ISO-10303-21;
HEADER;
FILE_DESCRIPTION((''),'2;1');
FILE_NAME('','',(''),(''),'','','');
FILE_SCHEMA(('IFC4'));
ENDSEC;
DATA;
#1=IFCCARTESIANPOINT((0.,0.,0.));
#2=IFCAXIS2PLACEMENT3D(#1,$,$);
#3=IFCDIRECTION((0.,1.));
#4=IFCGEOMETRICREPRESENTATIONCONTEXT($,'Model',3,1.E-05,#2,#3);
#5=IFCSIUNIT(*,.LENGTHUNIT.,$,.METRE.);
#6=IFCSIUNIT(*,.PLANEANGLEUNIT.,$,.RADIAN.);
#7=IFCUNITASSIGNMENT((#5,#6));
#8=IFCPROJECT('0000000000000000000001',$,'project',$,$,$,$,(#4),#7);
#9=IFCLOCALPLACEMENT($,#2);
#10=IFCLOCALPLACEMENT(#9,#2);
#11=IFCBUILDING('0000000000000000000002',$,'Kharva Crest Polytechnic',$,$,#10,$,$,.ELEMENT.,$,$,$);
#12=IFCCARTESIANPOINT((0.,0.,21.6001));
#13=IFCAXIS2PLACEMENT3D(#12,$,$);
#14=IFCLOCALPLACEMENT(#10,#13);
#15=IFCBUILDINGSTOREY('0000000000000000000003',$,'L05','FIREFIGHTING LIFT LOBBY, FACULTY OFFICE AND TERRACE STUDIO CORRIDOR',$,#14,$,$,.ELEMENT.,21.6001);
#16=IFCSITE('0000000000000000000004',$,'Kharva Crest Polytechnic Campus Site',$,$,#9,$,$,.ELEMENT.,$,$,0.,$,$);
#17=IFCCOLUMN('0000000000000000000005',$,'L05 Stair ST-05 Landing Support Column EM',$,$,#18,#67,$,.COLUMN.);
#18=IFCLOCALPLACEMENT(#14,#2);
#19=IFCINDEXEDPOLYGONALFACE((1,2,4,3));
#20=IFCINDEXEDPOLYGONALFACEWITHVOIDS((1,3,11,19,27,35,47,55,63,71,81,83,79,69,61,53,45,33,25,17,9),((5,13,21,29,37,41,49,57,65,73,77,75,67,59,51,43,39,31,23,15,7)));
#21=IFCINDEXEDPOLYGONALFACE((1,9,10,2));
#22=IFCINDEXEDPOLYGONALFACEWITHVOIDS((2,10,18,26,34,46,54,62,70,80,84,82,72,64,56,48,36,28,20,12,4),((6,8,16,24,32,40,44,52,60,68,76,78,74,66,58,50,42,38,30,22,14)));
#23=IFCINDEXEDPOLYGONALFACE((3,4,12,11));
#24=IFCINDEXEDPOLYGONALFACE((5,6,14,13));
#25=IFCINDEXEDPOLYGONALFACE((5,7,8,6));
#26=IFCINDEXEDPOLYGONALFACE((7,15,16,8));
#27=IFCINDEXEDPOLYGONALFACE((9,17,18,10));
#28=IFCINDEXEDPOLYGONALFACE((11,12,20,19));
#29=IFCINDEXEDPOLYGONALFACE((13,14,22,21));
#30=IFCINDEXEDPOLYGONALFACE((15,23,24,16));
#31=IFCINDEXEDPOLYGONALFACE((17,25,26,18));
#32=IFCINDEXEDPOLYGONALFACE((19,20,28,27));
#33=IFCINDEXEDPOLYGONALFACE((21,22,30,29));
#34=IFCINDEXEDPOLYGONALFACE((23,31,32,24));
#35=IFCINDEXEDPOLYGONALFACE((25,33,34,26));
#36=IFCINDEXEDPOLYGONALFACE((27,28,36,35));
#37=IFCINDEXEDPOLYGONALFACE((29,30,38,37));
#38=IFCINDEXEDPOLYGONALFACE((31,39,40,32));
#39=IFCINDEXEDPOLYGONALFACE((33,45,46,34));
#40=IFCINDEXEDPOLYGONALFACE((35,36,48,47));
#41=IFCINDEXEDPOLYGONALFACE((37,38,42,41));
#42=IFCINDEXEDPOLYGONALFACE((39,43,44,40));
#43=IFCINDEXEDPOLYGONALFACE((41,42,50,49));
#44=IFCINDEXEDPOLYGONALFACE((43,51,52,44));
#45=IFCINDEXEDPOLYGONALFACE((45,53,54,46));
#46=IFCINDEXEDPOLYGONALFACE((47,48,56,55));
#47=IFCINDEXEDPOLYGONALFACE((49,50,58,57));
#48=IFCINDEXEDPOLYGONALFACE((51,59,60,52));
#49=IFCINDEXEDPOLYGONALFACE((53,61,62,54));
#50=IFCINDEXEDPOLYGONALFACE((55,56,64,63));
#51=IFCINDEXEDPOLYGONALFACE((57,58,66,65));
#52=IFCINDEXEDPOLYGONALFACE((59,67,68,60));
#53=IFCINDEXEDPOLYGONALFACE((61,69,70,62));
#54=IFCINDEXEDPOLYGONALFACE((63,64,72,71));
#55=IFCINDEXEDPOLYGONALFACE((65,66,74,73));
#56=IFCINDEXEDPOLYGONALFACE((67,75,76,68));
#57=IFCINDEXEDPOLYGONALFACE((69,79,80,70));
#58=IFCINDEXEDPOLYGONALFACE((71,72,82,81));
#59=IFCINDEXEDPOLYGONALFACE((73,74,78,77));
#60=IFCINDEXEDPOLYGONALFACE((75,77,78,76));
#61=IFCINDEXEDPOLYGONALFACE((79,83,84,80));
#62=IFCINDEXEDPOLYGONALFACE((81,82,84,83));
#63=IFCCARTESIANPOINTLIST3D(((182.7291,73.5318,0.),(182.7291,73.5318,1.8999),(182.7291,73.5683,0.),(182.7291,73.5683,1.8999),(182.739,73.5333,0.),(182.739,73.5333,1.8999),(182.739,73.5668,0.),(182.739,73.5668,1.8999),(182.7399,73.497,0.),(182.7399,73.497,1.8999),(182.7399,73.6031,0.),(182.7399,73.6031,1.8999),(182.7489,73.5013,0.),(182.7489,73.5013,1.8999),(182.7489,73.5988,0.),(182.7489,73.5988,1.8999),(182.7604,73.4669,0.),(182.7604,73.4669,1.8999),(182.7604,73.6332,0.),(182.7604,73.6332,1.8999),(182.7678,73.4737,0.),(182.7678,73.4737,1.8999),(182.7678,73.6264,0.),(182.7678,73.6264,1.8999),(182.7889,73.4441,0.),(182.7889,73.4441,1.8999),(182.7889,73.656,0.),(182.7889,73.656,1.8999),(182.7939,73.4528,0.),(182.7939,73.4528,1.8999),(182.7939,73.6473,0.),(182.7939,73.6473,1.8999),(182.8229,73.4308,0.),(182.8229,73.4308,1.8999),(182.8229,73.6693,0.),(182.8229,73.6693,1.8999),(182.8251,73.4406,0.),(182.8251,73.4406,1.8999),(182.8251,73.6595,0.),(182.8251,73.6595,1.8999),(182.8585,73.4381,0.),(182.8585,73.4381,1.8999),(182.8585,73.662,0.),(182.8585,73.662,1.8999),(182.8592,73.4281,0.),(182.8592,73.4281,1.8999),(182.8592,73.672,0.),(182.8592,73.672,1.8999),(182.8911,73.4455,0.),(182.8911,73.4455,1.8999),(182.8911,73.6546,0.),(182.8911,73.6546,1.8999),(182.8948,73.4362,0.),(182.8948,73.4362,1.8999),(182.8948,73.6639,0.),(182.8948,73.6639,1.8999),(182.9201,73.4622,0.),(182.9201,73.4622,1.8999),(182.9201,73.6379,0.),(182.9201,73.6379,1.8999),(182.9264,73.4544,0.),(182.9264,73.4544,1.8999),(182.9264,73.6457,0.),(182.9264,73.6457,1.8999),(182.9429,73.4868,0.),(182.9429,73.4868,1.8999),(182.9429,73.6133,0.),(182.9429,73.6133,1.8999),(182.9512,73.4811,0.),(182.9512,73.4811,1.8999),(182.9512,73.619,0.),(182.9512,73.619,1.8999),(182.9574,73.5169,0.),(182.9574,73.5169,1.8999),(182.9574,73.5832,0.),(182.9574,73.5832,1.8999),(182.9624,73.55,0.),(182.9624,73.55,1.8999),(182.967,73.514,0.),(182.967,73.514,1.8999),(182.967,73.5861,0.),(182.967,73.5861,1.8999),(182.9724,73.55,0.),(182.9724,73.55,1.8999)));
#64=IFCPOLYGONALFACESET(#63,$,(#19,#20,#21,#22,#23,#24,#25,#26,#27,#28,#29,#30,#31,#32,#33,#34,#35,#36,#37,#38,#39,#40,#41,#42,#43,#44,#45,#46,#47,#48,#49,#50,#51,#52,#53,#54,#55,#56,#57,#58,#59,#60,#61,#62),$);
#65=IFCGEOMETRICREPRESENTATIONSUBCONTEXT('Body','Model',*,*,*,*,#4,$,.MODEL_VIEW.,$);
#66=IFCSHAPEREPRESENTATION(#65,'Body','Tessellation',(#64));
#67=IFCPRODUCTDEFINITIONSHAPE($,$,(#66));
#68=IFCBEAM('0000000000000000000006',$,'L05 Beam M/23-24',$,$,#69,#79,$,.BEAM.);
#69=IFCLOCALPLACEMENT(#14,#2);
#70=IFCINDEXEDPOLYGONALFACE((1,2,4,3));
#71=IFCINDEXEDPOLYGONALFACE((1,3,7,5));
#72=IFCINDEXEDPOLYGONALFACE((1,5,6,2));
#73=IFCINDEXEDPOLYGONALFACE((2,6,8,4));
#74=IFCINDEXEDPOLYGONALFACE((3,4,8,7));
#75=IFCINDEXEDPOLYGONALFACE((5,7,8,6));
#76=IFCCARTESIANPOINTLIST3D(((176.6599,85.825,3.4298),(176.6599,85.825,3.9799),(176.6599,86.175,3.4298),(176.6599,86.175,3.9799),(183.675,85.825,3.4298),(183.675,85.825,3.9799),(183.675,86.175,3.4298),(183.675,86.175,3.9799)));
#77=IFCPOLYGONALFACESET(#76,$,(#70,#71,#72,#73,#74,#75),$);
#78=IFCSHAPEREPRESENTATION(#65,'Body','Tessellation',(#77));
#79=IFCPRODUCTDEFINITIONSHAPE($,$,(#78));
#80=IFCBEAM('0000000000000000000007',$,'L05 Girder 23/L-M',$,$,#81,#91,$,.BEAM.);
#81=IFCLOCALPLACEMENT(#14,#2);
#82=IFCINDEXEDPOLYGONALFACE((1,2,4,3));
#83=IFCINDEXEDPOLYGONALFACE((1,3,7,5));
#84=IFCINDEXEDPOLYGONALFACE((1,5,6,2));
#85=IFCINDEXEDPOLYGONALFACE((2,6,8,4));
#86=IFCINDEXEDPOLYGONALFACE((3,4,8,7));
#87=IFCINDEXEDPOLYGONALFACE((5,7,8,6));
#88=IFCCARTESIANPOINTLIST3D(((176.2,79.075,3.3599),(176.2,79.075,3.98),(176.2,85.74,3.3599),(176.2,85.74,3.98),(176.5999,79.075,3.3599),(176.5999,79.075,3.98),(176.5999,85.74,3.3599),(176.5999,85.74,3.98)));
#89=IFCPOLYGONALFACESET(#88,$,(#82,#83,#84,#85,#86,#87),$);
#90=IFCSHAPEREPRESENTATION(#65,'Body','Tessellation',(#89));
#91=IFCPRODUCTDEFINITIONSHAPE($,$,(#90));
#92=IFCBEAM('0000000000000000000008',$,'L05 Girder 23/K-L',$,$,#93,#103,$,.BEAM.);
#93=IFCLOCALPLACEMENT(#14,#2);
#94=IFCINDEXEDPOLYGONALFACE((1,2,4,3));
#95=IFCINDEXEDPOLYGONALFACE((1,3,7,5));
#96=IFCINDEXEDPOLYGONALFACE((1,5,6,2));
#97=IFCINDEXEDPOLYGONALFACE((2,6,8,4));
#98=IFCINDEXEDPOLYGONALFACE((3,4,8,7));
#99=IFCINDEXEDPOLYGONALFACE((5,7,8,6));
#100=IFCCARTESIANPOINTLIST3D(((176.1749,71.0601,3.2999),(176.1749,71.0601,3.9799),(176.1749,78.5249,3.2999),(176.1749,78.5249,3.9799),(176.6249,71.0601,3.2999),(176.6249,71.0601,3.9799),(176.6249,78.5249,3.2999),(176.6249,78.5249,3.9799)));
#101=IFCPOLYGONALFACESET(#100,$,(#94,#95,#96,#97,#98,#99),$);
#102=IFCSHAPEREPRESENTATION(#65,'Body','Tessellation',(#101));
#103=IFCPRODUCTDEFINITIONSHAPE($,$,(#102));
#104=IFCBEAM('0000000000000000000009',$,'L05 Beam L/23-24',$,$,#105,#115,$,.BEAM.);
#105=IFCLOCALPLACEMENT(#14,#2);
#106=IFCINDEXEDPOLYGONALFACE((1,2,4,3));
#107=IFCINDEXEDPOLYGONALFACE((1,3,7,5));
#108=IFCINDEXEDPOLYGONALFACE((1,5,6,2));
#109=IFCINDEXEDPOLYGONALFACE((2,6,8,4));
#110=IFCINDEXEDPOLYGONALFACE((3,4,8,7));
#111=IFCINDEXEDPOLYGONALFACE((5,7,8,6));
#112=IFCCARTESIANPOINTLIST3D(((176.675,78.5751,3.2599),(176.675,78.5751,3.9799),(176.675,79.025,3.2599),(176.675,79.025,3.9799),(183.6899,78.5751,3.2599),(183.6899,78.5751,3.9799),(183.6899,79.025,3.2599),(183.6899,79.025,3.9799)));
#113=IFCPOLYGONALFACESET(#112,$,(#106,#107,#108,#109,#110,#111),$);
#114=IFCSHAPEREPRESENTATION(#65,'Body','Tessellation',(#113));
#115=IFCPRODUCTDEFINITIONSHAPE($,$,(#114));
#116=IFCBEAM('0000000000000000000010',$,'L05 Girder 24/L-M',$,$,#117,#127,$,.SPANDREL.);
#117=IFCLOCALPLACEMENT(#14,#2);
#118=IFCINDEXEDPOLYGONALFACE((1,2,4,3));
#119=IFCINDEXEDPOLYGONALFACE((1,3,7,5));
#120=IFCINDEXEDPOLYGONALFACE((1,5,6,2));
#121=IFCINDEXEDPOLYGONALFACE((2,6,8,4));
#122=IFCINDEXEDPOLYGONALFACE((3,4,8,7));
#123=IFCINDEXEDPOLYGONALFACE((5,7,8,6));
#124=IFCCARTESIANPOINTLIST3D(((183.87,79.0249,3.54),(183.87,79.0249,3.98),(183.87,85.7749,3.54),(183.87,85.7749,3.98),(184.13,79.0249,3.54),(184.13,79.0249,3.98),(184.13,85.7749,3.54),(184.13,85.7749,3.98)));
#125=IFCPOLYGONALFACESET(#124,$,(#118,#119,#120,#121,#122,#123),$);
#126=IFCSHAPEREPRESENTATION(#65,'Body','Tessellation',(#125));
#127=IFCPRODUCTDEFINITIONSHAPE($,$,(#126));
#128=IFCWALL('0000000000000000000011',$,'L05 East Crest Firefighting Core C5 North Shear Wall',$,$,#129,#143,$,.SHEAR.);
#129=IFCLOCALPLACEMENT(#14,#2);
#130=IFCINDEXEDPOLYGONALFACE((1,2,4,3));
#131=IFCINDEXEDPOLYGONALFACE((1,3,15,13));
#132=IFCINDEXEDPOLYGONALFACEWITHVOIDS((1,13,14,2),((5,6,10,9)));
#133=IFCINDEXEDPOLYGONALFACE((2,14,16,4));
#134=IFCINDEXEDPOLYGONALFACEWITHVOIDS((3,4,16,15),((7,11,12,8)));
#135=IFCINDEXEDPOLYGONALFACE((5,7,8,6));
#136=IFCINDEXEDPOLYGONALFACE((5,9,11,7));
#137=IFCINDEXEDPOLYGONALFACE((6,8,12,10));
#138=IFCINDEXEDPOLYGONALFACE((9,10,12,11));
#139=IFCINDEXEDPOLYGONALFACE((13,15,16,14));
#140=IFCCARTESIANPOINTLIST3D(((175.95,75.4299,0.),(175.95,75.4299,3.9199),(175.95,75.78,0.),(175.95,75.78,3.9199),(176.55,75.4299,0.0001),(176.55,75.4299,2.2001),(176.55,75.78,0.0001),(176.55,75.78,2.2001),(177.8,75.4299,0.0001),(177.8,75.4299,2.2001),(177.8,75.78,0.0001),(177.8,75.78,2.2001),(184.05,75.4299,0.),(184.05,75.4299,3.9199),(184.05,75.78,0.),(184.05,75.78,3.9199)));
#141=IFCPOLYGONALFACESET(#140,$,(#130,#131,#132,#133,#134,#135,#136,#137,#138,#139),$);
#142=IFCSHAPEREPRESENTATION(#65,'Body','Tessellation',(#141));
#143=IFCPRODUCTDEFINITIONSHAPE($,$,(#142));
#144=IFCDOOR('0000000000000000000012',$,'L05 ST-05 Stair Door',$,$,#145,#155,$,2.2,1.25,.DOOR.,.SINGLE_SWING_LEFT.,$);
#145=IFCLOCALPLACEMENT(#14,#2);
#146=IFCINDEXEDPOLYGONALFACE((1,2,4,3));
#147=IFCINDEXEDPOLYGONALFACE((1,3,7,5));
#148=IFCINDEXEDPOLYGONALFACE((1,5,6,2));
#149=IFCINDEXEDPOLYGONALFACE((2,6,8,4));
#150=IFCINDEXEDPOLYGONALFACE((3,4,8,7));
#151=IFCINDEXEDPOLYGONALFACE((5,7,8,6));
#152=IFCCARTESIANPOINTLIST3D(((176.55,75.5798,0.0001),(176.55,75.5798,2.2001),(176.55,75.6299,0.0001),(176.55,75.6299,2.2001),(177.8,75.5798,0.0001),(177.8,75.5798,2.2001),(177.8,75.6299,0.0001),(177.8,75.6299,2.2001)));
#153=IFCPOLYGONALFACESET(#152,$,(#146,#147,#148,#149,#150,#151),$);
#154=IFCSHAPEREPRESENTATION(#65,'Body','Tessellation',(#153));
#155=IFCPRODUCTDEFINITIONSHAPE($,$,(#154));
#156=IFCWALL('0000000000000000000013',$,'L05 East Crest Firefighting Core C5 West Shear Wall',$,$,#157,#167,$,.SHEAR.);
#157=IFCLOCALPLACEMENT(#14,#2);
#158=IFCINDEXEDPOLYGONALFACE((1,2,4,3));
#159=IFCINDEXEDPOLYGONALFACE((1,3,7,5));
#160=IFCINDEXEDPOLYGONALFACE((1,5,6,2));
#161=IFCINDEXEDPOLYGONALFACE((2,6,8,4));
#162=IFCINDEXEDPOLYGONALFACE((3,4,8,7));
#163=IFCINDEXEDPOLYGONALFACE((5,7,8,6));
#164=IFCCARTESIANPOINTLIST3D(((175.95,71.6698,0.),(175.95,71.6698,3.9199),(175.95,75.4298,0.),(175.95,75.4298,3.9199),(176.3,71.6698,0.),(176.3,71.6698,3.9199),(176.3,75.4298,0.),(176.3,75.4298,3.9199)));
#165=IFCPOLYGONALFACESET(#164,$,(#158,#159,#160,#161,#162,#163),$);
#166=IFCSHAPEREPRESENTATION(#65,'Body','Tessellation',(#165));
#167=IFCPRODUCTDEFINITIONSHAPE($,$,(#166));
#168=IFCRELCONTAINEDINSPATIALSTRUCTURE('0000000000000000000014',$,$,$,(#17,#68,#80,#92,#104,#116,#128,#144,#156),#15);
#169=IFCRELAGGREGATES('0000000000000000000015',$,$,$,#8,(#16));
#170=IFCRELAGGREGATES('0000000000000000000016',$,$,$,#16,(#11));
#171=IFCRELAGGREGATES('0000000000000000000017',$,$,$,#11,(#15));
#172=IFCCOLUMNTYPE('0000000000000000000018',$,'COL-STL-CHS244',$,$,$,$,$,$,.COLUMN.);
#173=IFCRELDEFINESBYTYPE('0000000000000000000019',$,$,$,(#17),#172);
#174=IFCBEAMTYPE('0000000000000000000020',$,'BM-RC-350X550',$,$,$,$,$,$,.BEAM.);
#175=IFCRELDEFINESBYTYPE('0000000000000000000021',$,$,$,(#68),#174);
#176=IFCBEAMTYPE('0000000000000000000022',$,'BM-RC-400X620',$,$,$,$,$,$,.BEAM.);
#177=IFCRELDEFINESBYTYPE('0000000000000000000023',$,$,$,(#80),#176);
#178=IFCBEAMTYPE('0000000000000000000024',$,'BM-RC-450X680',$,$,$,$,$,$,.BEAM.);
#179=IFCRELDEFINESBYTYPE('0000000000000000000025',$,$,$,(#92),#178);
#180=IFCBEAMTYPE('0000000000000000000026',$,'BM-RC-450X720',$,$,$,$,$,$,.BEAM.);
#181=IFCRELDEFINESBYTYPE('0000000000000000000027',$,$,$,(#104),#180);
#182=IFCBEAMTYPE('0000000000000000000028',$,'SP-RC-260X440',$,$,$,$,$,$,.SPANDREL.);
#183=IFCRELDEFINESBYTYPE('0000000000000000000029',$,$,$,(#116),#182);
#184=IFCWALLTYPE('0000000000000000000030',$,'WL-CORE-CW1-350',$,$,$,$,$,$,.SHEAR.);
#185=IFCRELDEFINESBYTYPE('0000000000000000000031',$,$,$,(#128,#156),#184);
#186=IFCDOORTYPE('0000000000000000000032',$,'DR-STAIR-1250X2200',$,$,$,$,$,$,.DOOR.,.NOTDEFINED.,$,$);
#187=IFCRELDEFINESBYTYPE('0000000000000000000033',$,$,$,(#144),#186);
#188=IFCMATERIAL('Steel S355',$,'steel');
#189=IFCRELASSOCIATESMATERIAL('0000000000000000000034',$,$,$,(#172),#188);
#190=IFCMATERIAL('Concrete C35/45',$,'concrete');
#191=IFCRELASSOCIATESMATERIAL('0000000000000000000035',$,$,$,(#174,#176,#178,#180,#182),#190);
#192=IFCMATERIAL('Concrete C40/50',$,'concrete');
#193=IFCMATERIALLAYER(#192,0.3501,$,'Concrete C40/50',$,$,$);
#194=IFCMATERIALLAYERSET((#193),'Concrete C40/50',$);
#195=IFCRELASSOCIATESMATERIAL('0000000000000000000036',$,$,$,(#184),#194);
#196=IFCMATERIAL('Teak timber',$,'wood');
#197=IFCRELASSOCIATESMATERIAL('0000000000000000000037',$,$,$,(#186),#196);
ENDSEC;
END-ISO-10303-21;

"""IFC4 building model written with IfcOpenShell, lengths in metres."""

from ifc_helpers import new_model, si_unit, direction, frame, frame_2d, origin, origin_2d, place, context, subcontext, project, spatial, rectangle, hollow_circle, extrude, material, layer, layer_set, material_profile, profile_set, type_object, element, fill, save


model = new_model("IFC4")

# Units and contexts
model_context = context("Model", 3, precision=1e-05, world=origin(), true_north=direction((0.0, 1.0)))
body_context = subcontext(model_context, "Body", "Model", "MODEL_VIEW")
ifc_project = project(units=[si_unit("LENGTHUNIT", "METRE"), si_unit("PLANEANGLEUNIT", "RADIAN")], contexts=[model_context])

# Site, building, storey
site_placement = place(None, origin())
site = spatial("IfcSite", under=ifc_project, at=site_placement, Name="Kharva Crest Polytechnic Campus Site", CompositionType="ELEMENT", RefElevation=0.0)
building_placement = place(site_placement, origin())
building = spatial("IfcBuilding", under=site, at=building_placement, Name="Kharva Crest Polytechnic", CompositionType="ELEMENT")
storey_placement = place(building_placement, frame((0.0, 0.0, 21.6001)))
storey = spatial("IfcBuildingStorey", under=building, at=storey_placement, Name="L05", Description="FIREFIGHTING LIFT LOBBY, FACULTY OFFICE AND TERRACE STUDIO CORRIDOR", CompositionType="ELEMENT", Elevation=21.6001)

# Column
ifc_material_1 = material(Name="Concrete C40/50", Category="concrete")
ifc_material_2 = material(Name="Steel S355", Category="steel")
ifc_material_profile_1 = material_profile(ifc_material_2, hollow_circle(Radius=0.1223, WallThickness=0.01, at=origin_2d()), Name="CHS 244.5X10.0")
ifc_profile_set_1 = profile_set([ifc_material_profile_1], Name="Steel S355")
column_type_1 = type_object("IfcColumnType", Name="COL-STL-CHS244", PredefinedType="COLUMN", material=ifc_profile_set_1)
for number, where, z_axis, x_axis, name in (
    (1, (182.8501, 73.55, 0.0), (0.0, 0.0, 1.0), (1.0, 0.0, 0.0), "L05 Stair ST-05 Landing Support Column EM"),
):
    element("IfcColumn", number, at=place(storey_placement, frame(where, z_axis=z_axis, x_axis=x_axis)), inside=storey, type_object=column_type_1, Name=name, PredefinedType="COLUMN", context=body_context, shape_type="SweptSolid", body=[
        extrude(hollow_circle(Radius=0.1223, WallThickness=0.01, at=origin_2d()), origin(), (0.0, 0.0, 1.0), 1.8999),
    ])

# Beams
ifc_material_3 = material(Name="Concrete C35/45", Category="concrete")
ifc_material_profile_2 = material_profile(ifc_material_3, rectangle(XDim=0.3501, YDim=0.55, at=origin_2d()), Name="RECT 350 X 550")
ifc_profile_set_2 = profile_set([ifc_material_profile_2], Name="Concrete C35/45")
beam_type_1 = type_object("IfcBeamType", Name="BM-RC-350X550", PredefinedType="BEAM", material=ifc_profile_set_2)
beam_1_placement = place(storey_placement, frame((176.6599, 86.0, 3.7048), z_axis=(1.0, 0.0, 0.0), x_axis=(0.0, 1.0, 0.0)))
element("IfcBeam", 2, at=beam_1_placement, inside=storey, type_object=beam_type_1, Name="L05 Beam M/23-24", PredefinedType="BEAM", context=body_context, shape_type="SweptSolid", body=[
    extrude(rectangle(XDim=0.3501, YDim=0.55, at=origin_2d()), origin(), (0.0, 0.0, 1.0), 7.0151),
])
ifc_material_profile_3 = material_profile(ifc_material_3, rectangle(XDim=0.3999, YDim=0.6201, at=origin_2d()), Name="RECT 400 X 620")
ifc_profile_set_3 = profile_set([ifc_material_profile_3], Name="Concrete C35/45")
beam_type_2 = type_object("IfcBeamType", Name="BM-RC-400X620", PredefinedType="BEAM", material=ifc_profile_set_3)
beam_2_placement = place(storey_placement, frame((176.3999, 79.075, 3.6699), z_axis=(0.0, 1.0, 0.0), x_axis=(-1.0, 0.0, 0.0)))
element("IfcBeam", 3, at=beam_2_placement, inside=storey, type_object=beam_type_2, Name="L05 Girder 23/L-M", PredefinedType="BEAM", context=body_context, shape_type="SweptSolid", body=[
    extrude(rectangle(XDim=0.3999, YDim=0.6201, at=origin_2d()), origin(), (0.0, 0.0, 1.0), 6.665),
])
ifc_material_profile_4 = material_profile(ifc_material_3, rectangle(XDim=0.45, YDim=0.6799, at=origin_2d()), Name="RECT 450 X 680")
ifc_profile_set_4 = profile_set([ifc_material_profile_4], Name="Concrete C35/45")
beam_type_3 = type_object("IfcBeamType", Name="BM-RC-450X680", PredefinedType="BEAM", material=ifc_profile_set_4)
beam_3_placement = place(storey_placement, frame((176.3999, 71.0601, 3.6399), z_axis=(0.0, 1.0, 0.0), x_axis=(-1.0, 0.0, 0.0)))
element("IfcBeam", 4, at=beam_3_placement, inside=storey, type_object=beam_type_3, Name="L05 Girder 23/K-L", PredefinedType="BEAM", context=body_context, shape_type="SweptSolid", body=[
    extrude(rectangle(XDim=0.45, YDim=0.6799, at=origin_2d()), origin(), (0.0, 0.0, 1.0), 7.4648),
])
ifc_material_profile_5 = material_profile(ifc_material_3, rectangle(XDim=0.45, YDim=0.72, at=origin_2d()), Name="RECT 450 X 720")
ifc_profile_set_5 = profile_set([ifc_material_profile_5], Name="Concrete C35/45")
beam_type_4 = type_object("IfcBeamType", Name="BM-RC-450X720", PredefinedType="BEAM", material=ifc_profile_set_5)
beam_4_placement = place(storey_placement, frame((176.675, 78.8, 3.6199), z_axis=(1.0, 0.0, 0.0), x_axis=(0.0, 1.0, 0.0)))
element("IfcBeam", 5, at=beam_4_placement, inside=storey, type_object=beam_type_4, Name="L05 Beam L/23-24", PredefinedType="BEAM", context=body_context, shape_type="SweptSolid", body=[
    extrude(rectangle(XDim=0.45, YDim=0.72, at=origin_2d()), origin(), (0.0, 0.0, 1.0), 7.0149),
])
ifc_material_profile_6 = material_profile(ifc_material_3, rectangle(XDim=0.26, YDim=0.4399, at=origin_2d()), Name="RECT 260 X 440")
ifc_profile_set_6 = profile_set([ifc_material_profile_6], Name="Concrete C35/45")
beam_type_5 = type_object("IfcBeamType", Name="SP-RC-260X440", PredefinedType="SPANDREL", material=ifc_profile_set_6)
beam_5_placement = place(storey_placement, frame((184.0, 79.0249, 3.76), z_axis=(0.0, 1.0, 0.0), x_axis=(-1.0, 0.0, 0.0)))
element("IfcBeam", 6, at=beam_5_placement, inside=storey, type_object=beam_type_5, Name="L05 Girder 24/L-M", PredefinedType="SPANDREL", context=body_context, shape_type="SweptSolid", body=[
    extrude(rectangle(XDim=0.26, YDim=0.4399, at=origin_2d()), origin(), (0.0, 0.0, 1.0), 6.75),
])

# Wall, opening, door
ifc_layer_1 = layer(ifc_material_1, 0.3501, Name="Concrete C40/50")
ifc_layer_set_1 = layer_set([ifc_layer_1], Name="Concrete C40/50")
wall_type_1 = type_object("IfcWallType", Name="WL-CORE-CW1-350", PredefinedType="SHEAR", material=ifc_layer_set_1)
wall_1_placement = place(storey_placement, frame((175.95, 75.605, 0.0), z_axis=(0.0, 0.0, 1.0), x_axis=(1.0, 0.0, 0.0)))
wall_1 = element("IfcWall", 7, at=wall_1_placement, inside=storey, type_object=wall_type_1, Name="L05 East Crest Firefighting Core C5 North Shear Wall", PredefinedType="SHEAR", context=body_context, shape_type="SweptSolid", body=[
    extrude(rectangle(XDim=8.1001, YDim=0.3501, at=frame_2d((4.05, 0.0))), origin(), (0.0, 0.0, 1.0), 3.9199),
])
opening_1_placement = place(wall_1_placement, frame((0.6001, 0.0, 0.0)))
opening_1 = element("IfcOpeningElement", 8, at=opening_1_placement, cuts=wall_1, PredefinedType="OPENING", context=body_context, shape_type="SweptSolid", body=[
    extrude(rectangle(XDim=1.25, YDim=2.2, at=frame_2d((0.625, 1.1001))), frame((0.0, 0.1851, 0.0), z_axis=(0.0, -1.0, 0.0), x_axis=(1.0, 0.0, 0.0)), (0.0, 0.0, 1.0), 0.3701),
])
ifc_material_4 = material(Name="Teak timber", Category="wood")
door_type_1 = type_object("IfcDoorType", Name="DR-STAIR-1250X2200", OperationType="NOTDEFINED", PredefinedType="DOOR", material=ifc_material_4)
door_1_placement = place(opening_1_placement, origin())
door_1 = element("IfcDoor", 9, at=door_1_placement, inside=storey, type_object=door_type_1, Name="L05 ST-05 Stair Door", OperationType="SINGLE_SWING_LEFT", OverallHeight=2.2, OverallWidth=1.25, PredefinedType="DOOR", context=body_context, shape_type="SweptSolid", body=[
    extrude(rectangle(XDim=1.25, YDim=2.2, at=frame_2d((0.625, 1.1001))), frame((0.0, 0.0249, 0.0), z_axis=(0.0, -1.0, 0.0), x_axis=(1.0, 0.0, 0.0)), (0.0, 0.0, 1.0), 0.05),
])
fill(opening_1, door_1)

# Wall
wall_2_placement = place(storey_placement, frame((176.125, 71.6699, 0.0), z_axis=(0.0, 0.0, 1.0), x_axis=(0.0, 1.0, 0.0)))
element("IfcWall", 10, at=wall_2_placement, inside=storey, type_object=wall_type_1, Name="L05 East Crest Firefighting Core C5 West Shear Wall", PredefinedType="SHEAR", context=body_context, shape_type="SweptSolid", body=[
    extrude(rectangle(XDim=3.76, YDim=0.3501, at=frame_2d((1.8799, 0.0))), origin(), (0.0, 0.0, 1.0), 3.9199),
])

save(model, "model.ifc")
